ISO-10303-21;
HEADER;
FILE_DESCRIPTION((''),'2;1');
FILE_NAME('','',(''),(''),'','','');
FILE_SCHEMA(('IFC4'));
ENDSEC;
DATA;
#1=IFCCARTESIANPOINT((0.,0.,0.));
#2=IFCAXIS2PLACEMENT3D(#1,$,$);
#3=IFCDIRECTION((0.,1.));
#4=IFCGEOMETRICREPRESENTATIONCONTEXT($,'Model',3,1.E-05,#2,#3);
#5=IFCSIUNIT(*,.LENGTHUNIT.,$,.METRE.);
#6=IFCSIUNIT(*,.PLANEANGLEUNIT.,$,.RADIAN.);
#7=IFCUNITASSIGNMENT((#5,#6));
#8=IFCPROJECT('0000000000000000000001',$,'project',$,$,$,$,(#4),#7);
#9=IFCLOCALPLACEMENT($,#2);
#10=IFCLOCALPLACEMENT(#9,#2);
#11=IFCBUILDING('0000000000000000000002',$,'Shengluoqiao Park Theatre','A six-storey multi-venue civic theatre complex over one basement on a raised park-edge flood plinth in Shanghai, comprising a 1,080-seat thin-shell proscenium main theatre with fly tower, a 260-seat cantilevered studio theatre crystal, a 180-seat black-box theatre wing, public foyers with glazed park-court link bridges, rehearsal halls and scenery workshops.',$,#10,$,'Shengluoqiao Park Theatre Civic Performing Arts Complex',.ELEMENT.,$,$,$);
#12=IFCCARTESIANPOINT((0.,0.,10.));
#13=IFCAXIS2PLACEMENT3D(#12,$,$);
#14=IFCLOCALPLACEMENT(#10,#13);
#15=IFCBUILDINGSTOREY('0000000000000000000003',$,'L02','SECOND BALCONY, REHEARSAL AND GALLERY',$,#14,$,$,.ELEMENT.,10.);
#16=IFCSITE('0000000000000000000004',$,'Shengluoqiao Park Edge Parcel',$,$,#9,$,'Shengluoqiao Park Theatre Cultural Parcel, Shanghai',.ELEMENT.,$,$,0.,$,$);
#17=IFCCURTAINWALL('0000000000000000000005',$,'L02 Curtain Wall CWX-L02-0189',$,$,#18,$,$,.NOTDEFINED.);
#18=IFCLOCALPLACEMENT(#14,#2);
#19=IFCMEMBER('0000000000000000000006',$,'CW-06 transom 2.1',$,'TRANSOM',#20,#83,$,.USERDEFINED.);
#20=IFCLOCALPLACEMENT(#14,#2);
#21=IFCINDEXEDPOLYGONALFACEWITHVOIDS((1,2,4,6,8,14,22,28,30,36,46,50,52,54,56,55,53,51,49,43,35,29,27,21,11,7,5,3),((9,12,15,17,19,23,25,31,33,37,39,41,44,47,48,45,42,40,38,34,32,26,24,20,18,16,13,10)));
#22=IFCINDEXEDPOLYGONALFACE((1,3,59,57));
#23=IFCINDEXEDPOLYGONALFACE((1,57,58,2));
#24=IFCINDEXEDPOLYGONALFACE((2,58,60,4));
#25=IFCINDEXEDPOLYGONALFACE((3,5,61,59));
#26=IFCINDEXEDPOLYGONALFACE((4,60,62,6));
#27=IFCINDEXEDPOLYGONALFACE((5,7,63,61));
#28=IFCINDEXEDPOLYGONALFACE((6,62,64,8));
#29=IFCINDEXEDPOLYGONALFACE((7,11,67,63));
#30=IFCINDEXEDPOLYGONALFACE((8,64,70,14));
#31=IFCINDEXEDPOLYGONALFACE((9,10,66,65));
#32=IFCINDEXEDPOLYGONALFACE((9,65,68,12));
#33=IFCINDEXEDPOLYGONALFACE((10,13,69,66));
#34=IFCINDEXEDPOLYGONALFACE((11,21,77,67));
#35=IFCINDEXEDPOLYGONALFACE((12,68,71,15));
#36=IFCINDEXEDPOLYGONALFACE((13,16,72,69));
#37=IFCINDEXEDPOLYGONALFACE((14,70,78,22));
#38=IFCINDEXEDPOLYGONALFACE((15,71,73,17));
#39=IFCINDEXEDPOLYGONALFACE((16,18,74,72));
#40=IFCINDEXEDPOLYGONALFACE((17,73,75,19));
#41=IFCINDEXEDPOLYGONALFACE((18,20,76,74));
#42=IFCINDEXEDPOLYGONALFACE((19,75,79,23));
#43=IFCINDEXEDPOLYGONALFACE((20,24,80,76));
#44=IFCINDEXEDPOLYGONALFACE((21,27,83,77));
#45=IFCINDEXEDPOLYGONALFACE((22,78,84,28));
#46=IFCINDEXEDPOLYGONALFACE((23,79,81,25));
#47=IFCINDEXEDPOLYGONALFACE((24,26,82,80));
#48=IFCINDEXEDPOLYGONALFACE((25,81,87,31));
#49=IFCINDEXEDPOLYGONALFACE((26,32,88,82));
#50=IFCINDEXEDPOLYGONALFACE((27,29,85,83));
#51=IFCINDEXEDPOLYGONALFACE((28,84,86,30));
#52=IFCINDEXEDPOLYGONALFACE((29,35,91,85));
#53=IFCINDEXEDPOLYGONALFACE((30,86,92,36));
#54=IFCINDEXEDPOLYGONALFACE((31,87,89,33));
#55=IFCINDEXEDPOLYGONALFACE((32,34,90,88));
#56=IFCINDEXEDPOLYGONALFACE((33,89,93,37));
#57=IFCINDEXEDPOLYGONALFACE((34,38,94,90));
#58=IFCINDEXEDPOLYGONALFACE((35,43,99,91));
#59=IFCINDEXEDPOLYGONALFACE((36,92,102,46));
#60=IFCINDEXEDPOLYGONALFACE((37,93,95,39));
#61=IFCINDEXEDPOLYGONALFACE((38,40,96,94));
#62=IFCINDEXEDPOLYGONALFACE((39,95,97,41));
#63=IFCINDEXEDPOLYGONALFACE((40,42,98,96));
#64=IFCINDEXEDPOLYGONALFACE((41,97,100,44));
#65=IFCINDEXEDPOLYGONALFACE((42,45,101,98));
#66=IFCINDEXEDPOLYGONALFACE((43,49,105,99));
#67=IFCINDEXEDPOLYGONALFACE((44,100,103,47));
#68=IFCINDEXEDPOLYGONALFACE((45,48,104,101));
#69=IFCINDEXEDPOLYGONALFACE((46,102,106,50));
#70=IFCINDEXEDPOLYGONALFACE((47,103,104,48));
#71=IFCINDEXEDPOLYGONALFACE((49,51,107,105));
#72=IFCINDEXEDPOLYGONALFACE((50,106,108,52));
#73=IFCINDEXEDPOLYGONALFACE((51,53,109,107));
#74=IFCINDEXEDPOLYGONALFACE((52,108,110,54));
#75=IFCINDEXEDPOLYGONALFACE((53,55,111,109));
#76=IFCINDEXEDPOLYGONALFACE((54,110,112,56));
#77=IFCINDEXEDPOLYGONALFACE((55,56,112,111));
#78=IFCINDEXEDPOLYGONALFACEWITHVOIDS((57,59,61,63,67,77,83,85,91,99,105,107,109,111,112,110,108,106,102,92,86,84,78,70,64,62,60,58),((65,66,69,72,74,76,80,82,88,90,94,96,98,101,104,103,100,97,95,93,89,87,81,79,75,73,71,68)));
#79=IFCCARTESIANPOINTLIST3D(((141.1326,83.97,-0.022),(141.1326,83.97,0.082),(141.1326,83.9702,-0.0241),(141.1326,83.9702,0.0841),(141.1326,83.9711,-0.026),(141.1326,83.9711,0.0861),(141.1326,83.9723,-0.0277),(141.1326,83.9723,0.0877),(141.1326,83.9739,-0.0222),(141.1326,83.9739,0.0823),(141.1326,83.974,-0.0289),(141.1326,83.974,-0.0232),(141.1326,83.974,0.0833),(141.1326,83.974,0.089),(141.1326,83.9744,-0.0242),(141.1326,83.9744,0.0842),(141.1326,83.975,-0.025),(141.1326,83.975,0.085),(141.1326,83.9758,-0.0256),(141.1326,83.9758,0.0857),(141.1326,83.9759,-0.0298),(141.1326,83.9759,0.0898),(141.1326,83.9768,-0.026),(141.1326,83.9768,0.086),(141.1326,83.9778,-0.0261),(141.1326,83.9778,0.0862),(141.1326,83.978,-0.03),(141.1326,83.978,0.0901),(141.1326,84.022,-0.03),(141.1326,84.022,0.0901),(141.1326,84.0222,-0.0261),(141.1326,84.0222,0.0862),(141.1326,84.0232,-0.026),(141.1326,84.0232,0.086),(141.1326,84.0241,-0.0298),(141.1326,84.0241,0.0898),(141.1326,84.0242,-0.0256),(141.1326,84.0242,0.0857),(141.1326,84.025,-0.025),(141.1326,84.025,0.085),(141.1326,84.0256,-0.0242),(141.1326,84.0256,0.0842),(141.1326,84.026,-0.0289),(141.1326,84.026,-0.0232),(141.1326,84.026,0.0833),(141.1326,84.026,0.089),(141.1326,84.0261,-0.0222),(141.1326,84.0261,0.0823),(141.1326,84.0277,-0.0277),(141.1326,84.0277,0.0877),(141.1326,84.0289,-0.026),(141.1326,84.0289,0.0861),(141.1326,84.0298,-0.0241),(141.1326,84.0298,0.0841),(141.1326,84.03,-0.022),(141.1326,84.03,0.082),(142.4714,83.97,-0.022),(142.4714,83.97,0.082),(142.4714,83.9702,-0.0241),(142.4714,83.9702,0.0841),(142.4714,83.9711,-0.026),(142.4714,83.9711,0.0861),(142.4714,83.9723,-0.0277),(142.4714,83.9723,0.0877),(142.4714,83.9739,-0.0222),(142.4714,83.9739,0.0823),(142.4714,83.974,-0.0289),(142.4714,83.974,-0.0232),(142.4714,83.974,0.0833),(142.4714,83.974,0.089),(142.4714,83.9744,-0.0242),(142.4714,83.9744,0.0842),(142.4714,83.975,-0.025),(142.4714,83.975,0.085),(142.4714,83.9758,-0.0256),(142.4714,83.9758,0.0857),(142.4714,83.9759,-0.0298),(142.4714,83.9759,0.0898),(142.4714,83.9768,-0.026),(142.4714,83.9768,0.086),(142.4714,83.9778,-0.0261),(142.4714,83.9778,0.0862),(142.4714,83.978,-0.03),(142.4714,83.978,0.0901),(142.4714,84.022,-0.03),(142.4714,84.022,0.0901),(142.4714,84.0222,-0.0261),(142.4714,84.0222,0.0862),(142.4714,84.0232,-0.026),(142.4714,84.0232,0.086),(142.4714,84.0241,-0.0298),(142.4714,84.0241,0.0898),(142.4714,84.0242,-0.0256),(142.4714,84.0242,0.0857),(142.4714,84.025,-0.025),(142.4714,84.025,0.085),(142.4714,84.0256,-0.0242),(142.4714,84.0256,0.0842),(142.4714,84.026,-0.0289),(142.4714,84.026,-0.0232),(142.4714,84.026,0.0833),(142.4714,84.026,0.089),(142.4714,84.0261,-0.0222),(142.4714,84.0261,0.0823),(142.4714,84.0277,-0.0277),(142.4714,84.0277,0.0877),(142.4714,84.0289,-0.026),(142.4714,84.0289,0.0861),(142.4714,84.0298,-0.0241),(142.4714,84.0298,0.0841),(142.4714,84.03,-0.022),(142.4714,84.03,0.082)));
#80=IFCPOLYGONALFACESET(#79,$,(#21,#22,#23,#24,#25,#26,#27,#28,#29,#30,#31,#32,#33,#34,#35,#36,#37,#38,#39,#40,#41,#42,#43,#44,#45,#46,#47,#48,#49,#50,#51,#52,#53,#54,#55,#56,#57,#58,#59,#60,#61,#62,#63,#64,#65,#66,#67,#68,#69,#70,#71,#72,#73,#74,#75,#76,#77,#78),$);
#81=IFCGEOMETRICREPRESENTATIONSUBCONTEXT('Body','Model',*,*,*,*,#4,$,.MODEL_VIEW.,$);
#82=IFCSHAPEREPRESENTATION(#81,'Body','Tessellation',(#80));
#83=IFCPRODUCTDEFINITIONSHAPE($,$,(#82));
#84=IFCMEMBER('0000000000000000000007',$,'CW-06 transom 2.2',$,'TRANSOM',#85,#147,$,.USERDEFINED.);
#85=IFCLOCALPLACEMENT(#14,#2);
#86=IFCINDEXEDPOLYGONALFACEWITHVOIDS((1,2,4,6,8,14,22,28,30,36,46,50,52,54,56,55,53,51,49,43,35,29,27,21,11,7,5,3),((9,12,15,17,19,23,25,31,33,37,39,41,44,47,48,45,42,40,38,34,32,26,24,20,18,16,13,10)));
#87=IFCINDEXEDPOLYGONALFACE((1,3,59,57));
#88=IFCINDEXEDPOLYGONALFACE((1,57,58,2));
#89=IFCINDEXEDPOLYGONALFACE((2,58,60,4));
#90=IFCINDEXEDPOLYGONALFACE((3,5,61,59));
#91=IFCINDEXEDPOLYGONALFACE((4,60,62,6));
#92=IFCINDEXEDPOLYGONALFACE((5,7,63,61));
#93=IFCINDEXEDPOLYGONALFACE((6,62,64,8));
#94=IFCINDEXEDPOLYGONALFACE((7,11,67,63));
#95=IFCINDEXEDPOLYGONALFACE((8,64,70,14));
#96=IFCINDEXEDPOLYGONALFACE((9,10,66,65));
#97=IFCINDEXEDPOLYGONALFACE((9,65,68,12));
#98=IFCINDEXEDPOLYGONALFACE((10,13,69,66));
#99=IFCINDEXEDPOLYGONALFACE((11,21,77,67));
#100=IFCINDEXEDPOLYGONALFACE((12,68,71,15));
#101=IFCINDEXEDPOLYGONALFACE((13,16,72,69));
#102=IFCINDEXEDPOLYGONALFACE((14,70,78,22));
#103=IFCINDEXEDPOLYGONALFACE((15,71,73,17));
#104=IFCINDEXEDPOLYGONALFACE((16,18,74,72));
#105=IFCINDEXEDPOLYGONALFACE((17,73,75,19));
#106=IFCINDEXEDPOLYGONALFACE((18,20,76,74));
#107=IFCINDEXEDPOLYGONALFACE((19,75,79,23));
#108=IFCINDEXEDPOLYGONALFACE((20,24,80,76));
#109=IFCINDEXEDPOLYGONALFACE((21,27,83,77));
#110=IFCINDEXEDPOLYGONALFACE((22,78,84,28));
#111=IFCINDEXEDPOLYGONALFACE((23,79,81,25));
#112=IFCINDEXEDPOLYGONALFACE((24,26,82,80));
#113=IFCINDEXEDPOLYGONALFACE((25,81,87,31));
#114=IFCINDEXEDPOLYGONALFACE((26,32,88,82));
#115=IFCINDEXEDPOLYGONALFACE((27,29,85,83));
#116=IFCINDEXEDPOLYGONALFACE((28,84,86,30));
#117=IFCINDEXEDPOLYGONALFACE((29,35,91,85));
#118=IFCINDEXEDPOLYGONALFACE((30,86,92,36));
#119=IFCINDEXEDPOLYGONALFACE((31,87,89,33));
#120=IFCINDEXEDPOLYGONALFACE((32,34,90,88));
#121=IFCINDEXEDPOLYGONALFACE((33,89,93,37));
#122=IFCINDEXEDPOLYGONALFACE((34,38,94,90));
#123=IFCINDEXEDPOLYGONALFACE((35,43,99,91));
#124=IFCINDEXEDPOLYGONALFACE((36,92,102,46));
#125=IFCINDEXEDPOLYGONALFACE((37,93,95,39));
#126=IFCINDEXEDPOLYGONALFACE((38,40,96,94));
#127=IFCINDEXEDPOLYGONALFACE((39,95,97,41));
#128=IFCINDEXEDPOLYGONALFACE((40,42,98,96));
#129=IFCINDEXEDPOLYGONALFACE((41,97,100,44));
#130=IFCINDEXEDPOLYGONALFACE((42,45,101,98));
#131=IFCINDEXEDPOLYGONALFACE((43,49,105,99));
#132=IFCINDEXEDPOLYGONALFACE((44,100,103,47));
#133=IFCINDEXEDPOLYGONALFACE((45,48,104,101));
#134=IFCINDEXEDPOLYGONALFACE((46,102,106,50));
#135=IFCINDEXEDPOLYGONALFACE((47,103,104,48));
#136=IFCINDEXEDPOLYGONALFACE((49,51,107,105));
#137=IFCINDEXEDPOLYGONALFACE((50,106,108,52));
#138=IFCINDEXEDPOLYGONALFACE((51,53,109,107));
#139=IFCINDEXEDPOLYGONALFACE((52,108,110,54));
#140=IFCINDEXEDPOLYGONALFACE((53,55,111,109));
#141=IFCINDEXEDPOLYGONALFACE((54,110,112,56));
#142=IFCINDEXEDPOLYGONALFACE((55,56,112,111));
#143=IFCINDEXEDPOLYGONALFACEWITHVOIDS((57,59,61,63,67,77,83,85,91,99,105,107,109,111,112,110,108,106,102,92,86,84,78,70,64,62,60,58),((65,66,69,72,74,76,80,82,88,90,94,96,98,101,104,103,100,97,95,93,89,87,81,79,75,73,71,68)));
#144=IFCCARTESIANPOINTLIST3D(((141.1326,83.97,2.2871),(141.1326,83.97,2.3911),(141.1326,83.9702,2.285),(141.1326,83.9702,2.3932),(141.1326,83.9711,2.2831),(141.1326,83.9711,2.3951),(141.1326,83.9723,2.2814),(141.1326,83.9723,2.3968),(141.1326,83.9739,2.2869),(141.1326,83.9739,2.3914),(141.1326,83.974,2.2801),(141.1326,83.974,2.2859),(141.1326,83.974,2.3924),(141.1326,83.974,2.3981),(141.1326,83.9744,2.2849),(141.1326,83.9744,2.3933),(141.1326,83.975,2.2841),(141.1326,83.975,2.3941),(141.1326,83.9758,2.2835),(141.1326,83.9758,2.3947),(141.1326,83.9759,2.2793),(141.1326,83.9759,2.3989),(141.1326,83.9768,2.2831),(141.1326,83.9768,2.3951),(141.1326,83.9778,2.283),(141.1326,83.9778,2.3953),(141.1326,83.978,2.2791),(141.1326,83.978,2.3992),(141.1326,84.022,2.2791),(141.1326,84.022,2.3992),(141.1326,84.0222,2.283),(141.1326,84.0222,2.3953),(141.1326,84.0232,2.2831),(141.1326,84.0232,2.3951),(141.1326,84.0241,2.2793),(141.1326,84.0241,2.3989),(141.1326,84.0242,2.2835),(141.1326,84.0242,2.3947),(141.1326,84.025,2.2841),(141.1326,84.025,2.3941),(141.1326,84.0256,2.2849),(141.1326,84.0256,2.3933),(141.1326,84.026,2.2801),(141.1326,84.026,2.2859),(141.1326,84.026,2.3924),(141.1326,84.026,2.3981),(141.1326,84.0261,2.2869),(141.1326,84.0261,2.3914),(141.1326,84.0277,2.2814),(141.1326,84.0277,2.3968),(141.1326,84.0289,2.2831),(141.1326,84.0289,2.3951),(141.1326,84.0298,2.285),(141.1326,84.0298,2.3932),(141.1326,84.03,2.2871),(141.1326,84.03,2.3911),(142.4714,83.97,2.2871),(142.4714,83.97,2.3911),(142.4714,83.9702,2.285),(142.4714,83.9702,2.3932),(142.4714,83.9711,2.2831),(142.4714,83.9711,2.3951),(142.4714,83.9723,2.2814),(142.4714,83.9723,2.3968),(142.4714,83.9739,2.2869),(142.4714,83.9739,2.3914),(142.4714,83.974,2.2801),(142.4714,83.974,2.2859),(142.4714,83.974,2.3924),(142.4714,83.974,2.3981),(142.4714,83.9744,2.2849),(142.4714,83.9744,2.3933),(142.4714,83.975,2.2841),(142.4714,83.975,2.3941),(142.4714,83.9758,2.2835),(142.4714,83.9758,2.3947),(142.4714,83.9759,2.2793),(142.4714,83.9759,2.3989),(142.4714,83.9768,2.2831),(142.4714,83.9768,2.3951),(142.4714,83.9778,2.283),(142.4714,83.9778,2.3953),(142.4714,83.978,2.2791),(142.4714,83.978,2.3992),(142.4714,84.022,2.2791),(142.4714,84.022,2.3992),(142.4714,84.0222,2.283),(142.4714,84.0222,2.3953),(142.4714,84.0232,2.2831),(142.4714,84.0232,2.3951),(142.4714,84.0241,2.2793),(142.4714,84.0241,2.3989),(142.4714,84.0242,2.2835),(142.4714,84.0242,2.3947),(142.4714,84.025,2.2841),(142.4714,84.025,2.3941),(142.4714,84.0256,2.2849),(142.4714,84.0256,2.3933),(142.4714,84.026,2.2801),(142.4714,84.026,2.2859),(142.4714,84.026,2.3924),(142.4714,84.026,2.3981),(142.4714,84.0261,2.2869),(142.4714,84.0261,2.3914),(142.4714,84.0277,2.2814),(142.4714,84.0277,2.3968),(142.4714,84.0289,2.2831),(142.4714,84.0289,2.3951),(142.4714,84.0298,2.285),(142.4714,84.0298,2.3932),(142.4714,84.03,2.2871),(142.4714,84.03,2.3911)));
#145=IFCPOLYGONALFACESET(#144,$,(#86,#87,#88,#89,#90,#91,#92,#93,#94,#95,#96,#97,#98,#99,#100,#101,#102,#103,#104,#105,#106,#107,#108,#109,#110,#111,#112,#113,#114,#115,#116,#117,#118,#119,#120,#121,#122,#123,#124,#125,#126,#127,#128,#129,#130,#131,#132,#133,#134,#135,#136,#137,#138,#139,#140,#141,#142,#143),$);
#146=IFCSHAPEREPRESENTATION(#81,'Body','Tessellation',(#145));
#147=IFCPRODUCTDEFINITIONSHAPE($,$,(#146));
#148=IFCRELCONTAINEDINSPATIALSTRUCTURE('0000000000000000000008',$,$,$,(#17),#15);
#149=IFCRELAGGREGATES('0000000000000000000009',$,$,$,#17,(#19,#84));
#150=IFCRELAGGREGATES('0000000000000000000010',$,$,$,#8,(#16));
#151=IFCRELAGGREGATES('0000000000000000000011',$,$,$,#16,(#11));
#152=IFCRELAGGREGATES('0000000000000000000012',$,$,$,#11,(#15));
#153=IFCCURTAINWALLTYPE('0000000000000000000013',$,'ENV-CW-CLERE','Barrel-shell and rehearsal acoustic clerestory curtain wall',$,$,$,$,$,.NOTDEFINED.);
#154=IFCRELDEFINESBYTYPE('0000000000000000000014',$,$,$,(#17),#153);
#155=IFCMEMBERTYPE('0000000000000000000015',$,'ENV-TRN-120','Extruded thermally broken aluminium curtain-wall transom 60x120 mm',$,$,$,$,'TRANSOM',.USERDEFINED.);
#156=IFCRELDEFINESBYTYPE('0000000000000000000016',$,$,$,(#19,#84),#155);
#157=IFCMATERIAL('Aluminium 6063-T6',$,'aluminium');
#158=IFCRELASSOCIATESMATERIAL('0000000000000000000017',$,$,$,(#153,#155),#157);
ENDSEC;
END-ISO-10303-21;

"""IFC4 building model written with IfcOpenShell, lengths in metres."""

from ifc_helpers import new_model, si_unit, direction, frame, origin, origin_2d, place, context, subcontext, project, spatial, hollow_rectangle, extrude, material, material_profile, profile_set, type_object, element, aggregate, save


model = new_model("IFC4")

# Units and contexts
model_context = context("Model", 3, precision=1e-05, world=origin(), true_north=direction((0.0, 1.0)))
body_context = subcontext(model_context, "Body", "Model", "MODEL_VIEW")
ifc_project = project(units=[si_unit("LENGTHUNIT", "METRE"), si_unit("PLANEANGLEUNIT", "RADIAN")], contexts=[model_context])

# Site, building, storey
site_placement = place(None, origin())
site = spatial("IfcSite", under=ifc_project, at=site_placement, Name="Shengluoqiao Park Edge Parcel", LongName="Shengluoqiao Park Theatre Cultural Parcel, Shanghai", CompositionType="ELEMENT", RefElevation=0.0)
building_placement = place(site_placement, origin())
building = spatial("IfcBuilding", under=site, at=building_placement, Name="Shengluoqiao Park Theatre", Description="A six-storey multi-venue civic theatre complex over one basement on a raised park-edge flood plinth in Shanghai, comprising a 1,080-seat thin-shell proscenium main theatre with fly tower, a 260-seat cantilevered studio theatre crystal, a 180-seat black-box theatre wing, public foyers with glazed park-court link bridges, rehearsal halls and scenery workshops.", LongName="Shengluoqiao Park Theatre Civic Performing Arts Complex", CompositionType="ELEMENT")
storey_placement = place(building_placement, frame((0.0, 0.0, 10.0)))
storey = spatial("IfcBuildingStorey", under=building, at=storey_placement, Name="L02", Description="SECOND BALCONY, REHEARSAL AND GALLERY", CompositionType="ELEMENT", Elevation=10.0)

# Curtain wall, members
ifc_material_1 = material(Name="Aluminium 6063-T6", Category="aluminium")
curtain_wall_type = type_object("IfcCurtainWallType", Name="ENV-CW-CLERE", Description="Barrel-shell and rehearsal acoustic clerestory curtain wall", PredefinedType="NOTDEFINED", material=ifc_material_1)
curtain_wall_placement = place(storey_placement, origin())
curtain_wall = element("IfcCurtainWall", 1, at=curtain_wall_placement, inside=storey, type_object=curtain_wall_type, Name="L02 Curtain Wall CWX-L02-0189", PredefinedType="NOTDEFINED")
ifc_material_profile_1 = material_profile(ifc_material_1, hollow_rectangle(XDim=0.0601, YDim=0.1201, WallThickness=0.0039, InnerFilletRadius=0.0039, OuterFilletRadius=0.0081, at=origin_2d()), Name="ALU TRANSOM 120x60x4")
ifc_profile_set_1 = profile_set([ifc_material_profile_1], Name="Aluminium 6063-T6")
member_type_1 = type_object("IfcMemberType", Name="ENV-TRN-120", Description="Extruded thermally broken aluminium curtain-wall transom 60x120 mm", ElementType="TRANSOM", PredefinedType="USERDEFINED", material=ifc_profile_set_1)
member_1_placement = place(storey_placement, frame((141.1326, 84.0, 0.03), z_axis=(1.0, 0.0, 0.0), x_axis=(0.0, 1.0, 0.0)))
member_1 = element("IfcMember", 2, at=member_1_placement, type_object=member_type_1, Name="CW-06 transom 2.1", ObjectType="TRANSOM", PredefinedType="USERDEFINED", context=body_context, shape_type="SweptSolid", body=[
    extrude(hollow_rectangle(XDim=0.0601, YDim=0.1201, WallThickness=0.0039, InnerFilletRadius=0.0039, OuterFilletRadius=0.0081, at=origin_2d()), origin(), (0.0, 0.0, 1.0), 1.3389),
])
member_2_placement = place(storey_placement, frame((141.1326, 84.0, 2.3391), z_axis=(1.0, 0.0, 0.0), x_axis=(0.0, 1.0, 0.0)))
member_2 = element("IfcMember", 3, at=member_2_placement, type_object=member_type_1, Name="CW-06 transom 2.2", ObjectType="TRANSOM", PredefinedType="USERDEFINED", context=body_context, shape_type="SweptSolid", body=[
    extrude(hollow_rectangle(XDim=0.0601, YDim=0.1201, WallThickness=0.0039, InnerFilletRadius=0.0039, OuterFilletRadius=0.0081, at=origin_2d()), origin(), (0.0, 0.0, 1.0), 1.3389),
])
aggregate(curtain_wall, [member_1, member_2])

save(model, "model.ifc")
